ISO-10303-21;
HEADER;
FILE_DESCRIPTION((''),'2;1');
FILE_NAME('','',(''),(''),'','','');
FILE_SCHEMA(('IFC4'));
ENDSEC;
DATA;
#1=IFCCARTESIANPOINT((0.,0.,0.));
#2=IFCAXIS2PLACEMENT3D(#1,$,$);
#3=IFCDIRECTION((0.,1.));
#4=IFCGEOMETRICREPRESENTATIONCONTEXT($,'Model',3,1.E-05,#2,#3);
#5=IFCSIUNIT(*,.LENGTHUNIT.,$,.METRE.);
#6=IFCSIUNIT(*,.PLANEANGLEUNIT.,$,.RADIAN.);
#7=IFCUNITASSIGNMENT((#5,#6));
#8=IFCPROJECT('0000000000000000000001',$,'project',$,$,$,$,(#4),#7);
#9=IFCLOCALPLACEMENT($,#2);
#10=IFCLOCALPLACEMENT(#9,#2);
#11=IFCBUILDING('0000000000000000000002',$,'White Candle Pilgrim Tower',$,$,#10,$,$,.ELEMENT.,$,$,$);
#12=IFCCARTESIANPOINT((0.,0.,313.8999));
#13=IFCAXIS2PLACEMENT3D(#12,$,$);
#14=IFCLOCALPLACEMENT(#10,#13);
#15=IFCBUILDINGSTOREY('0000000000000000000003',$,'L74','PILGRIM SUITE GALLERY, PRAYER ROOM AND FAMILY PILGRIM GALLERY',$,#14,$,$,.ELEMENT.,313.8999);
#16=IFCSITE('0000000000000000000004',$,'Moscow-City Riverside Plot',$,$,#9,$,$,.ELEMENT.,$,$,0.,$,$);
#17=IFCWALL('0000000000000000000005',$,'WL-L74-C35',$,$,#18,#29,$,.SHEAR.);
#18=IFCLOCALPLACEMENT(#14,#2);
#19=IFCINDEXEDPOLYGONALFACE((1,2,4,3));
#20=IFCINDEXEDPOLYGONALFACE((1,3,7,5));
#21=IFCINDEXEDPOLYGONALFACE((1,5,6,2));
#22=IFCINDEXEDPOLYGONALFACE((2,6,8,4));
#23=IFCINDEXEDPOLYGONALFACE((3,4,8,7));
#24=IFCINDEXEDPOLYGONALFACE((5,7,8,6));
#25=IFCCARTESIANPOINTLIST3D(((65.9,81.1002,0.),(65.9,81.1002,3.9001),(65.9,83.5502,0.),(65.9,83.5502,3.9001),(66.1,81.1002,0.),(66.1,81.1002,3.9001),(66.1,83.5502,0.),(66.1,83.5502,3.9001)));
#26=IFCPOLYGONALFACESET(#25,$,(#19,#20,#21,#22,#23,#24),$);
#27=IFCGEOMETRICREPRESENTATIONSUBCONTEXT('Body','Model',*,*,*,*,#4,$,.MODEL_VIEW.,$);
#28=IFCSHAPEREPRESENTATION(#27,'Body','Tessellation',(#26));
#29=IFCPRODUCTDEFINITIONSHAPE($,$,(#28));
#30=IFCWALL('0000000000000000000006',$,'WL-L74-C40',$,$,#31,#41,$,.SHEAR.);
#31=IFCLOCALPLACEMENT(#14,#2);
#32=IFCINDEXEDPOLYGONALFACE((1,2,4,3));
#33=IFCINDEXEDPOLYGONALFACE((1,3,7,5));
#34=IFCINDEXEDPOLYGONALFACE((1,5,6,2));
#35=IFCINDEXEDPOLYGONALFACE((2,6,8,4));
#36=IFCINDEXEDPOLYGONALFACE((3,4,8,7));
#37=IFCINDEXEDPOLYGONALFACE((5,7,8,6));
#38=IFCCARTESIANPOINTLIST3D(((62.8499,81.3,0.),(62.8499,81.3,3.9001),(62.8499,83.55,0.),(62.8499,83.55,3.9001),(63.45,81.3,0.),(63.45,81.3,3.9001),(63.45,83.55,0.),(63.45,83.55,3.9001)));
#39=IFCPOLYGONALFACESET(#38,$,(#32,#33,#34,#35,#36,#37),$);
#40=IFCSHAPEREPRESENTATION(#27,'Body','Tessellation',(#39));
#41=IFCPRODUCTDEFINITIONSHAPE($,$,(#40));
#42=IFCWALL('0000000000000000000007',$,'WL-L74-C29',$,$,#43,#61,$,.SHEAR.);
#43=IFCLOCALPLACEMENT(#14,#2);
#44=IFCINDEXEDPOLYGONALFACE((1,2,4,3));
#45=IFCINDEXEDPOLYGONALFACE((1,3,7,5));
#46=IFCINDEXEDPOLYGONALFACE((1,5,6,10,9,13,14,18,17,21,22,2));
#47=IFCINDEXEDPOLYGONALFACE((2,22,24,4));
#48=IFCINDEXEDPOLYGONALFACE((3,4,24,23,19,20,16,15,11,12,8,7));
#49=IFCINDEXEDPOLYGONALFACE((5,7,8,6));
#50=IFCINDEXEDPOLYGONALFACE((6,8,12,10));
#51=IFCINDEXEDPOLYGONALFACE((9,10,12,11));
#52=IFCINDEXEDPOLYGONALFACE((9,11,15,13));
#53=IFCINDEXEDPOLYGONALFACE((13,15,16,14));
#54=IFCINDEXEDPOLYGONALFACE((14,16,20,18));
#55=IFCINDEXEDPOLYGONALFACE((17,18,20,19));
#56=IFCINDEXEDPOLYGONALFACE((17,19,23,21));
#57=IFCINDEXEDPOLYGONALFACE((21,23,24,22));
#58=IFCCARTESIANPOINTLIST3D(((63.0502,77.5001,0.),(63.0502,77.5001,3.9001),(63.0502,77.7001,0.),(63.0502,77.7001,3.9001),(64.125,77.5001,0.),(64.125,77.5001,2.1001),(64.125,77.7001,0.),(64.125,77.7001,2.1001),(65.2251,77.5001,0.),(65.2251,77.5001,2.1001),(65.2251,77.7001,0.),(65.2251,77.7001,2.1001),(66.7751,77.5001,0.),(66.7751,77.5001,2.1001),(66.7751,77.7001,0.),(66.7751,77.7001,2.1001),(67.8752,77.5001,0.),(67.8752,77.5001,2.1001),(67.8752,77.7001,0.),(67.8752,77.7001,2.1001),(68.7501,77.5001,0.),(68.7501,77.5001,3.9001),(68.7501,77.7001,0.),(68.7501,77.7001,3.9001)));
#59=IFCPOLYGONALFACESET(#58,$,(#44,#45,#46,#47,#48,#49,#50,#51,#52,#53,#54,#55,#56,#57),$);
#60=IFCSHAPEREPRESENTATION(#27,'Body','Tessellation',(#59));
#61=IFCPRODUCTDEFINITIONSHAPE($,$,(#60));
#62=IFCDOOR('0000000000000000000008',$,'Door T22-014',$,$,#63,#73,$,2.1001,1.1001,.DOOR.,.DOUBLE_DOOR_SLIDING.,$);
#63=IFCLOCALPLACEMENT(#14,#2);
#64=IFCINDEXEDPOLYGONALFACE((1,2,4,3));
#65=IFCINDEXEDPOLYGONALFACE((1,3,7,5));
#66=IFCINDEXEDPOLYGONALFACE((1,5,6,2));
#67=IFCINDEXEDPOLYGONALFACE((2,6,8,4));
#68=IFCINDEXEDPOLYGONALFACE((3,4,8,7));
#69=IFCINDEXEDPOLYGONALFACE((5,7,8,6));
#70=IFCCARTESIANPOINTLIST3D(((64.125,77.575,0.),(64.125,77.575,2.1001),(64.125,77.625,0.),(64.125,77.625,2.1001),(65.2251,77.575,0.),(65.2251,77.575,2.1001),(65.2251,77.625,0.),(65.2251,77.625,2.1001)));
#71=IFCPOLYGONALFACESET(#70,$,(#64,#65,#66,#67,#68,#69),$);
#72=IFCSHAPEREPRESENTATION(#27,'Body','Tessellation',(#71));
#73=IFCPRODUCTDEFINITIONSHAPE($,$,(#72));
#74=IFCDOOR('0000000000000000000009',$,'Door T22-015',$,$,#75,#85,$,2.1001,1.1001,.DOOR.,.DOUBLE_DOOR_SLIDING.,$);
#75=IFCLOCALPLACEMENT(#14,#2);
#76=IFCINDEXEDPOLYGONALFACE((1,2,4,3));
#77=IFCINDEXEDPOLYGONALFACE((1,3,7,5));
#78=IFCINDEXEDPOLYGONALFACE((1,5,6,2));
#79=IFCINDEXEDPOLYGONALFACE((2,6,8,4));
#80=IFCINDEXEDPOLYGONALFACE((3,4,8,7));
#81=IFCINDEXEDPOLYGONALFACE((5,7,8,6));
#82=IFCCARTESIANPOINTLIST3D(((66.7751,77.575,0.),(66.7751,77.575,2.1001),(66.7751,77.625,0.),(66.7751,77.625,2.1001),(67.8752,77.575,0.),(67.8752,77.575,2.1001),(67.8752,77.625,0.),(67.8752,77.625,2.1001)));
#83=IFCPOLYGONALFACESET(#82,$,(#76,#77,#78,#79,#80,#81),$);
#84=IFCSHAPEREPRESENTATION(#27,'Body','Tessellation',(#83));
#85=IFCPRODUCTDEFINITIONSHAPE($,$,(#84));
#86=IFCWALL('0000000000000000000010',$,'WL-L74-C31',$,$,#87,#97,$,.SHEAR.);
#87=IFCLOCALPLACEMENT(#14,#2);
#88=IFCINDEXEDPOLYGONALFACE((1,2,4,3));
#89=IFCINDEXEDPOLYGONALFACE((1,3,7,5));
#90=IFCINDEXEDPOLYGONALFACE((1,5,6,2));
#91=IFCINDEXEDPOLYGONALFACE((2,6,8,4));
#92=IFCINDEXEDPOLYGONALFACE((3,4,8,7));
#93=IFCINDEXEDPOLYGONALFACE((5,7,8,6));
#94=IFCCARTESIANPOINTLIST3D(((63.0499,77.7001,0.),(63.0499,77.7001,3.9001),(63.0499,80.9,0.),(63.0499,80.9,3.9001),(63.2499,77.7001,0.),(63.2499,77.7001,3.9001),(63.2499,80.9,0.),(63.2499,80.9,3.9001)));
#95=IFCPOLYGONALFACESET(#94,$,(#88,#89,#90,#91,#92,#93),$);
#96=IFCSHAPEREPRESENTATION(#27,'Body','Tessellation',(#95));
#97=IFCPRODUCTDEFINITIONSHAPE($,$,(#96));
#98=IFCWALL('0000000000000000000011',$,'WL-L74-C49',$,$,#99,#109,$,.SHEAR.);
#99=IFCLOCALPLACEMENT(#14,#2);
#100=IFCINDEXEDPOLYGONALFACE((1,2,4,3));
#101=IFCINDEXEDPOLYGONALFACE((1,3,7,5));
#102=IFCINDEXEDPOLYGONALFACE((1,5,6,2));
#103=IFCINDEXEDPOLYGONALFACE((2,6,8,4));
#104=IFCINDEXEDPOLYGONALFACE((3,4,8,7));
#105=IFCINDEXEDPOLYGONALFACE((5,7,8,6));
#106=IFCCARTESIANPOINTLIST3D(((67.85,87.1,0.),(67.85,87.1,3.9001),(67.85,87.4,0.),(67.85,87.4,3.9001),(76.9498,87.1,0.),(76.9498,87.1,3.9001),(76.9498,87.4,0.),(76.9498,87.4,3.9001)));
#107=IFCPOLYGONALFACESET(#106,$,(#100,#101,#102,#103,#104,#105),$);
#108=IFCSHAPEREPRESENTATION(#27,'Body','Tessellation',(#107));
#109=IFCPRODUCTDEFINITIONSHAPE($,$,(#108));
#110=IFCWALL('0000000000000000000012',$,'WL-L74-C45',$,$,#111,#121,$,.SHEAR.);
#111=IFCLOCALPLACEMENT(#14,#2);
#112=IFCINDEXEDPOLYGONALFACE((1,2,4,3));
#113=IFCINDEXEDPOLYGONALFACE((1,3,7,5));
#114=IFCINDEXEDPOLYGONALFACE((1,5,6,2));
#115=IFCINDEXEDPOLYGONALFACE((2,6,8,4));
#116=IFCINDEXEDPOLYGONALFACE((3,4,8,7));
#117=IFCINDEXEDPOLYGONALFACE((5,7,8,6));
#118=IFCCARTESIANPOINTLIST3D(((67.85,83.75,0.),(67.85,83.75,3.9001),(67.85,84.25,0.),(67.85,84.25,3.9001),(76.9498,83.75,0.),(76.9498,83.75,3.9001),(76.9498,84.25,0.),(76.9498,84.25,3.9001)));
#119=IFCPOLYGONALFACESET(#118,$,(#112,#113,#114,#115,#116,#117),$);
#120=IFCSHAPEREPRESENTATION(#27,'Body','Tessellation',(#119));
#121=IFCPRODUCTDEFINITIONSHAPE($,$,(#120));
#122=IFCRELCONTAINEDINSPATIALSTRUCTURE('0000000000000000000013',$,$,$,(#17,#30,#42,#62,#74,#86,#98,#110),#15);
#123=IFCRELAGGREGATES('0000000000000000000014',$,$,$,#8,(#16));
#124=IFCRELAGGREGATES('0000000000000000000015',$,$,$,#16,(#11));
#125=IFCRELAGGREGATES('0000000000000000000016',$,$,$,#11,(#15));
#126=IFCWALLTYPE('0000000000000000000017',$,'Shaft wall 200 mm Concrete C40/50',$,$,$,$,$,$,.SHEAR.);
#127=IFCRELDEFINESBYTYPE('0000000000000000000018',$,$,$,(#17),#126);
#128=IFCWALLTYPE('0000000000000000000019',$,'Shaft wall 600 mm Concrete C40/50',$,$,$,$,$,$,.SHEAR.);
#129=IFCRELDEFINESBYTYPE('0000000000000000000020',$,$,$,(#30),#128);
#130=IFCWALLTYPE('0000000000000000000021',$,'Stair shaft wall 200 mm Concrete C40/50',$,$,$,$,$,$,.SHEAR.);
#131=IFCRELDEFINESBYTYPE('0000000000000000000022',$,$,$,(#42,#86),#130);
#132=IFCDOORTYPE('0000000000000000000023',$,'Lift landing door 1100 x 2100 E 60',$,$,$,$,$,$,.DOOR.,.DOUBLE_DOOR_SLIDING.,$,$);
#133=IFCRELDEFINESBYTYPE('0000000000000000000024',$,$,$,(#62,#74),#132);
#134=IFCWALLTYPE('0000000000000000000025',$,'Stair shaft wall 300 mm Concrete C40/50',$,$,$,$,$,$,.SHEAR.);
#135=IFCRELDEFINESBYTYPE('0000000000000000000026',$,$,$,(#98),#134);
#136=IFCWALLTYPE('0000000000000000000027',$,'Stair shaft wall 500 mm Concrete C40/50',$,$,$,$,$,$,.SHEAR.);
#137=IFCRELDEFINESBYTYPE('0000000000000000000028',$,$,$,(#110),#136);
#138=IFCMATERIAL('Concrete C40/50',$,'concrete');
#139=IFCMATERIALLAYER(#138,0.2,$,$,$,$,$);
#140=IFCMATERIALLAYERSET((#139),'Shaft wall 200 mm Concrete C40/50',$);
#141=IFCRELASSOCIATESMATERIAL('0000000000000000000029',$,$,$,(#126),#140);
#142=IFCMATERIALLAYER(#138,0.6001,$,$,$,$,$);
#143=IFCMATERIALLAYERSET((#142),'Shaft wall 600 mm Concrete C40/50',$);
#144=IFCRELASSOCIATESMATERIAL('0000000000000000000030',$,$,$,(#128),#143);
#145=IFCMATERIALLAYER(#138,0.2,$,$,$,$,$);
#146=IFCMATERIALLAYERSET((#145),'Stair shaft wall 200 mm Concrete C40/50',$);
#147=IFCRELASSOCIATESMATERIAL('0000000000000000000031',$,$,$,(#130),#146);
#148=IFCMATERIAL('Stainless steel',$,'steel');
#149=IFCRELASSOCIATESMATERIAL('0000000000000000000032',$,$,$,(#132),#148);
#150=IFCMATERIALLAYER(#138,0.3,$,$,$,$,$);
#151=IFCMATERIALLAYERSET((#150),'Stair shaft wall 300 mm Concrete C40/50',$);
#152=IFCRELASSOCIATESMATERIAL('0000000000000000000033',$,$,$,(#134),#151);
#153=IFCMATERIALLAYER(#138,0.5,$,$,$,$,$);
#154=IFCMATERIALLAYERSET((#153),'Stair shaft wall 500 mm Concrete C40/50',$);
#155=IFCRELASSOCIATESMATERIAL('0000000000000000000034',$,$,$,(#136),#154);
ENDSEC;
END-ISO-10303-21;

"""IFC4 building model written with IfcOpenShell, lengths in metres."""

from ifc_helpers import new_model, si_unit, direction, frame, frame_2d, origin, place, context, subcontext, project, spatial, rectangle, extrude, material, layer, layer_set, type_object, element, fill, save


model = new_model("IFC4")

# Units and contexts
model_context = context("Model", 3, precision=1e-05, world=origin(), true_north=direction((0.0, 1.0)))
body_context = subcontext(model_context, "Body", "Model", "MODEL_VIEW")
ifc_project = project(units=[si_unit("LENGTHUNIT", "METRE"), si_unit("PLANEANGLEUNIT", "RADIAN")], contexts=[model_context])

# Site, building, storey
site_placement = place(None, origin())
site = spatial("IfcSite", under=ifc_project, at=site_placement, Name="Moscow-City Riverside Plot", CompositionType="ELEMENT", RefElevation=0.0)
building_placement = place(site_placement, origin())
building = spatial("IfcBuilding", under=site, at=building_placement, Name="White Candle Pilgrim Tower", CompositionType="ELEMENT")
storey_placement = place(building_placement, frame((0.0, 0.0, 313.8999)))
storey = spatial("IfcBuildingStorey", under=building, at=storey_placement, Name="L74", Description="PILGRIM SUITE GALLERY, PRAYER ROOM AND FAMILY PILGRIM GALLERY", CompositionType="ELEMENT", Elevation=313.8999)

# Shared definitions
ifc_material_1 = material(Name="Concrete C40/50", Category="concrete")

# Shared definitions
ifc_material_2 = material(Name="Stainless steel", Category="steel")

# Walls
ifc_layer_1 = layer(ifc_material_1, 0.2)
ifc_layer_set_1 = layer_set([ifc_layer_1], Name="Shaft wall 200 mm Concrete C40/50")
wall_type_1 = type_object("IfcWallType", Name="Shaft wall 200 mm Concrete C40/50", PredefinedType="SHEAR", material=ifc_layer_set_1)
wall_1_placement = place(storey_placement, frame((66.0, 81.1001, 0.0), z_axis=(0.0, 0.0, 1.0), x_axis=(0.0, 1.0, 0.0)))
element("IfcWall", 1, at=wall_1_placement, inside=storey, type_object=wall_type_1, Name="WL-L74-C35", PredefinedType="SHEAR", context=body_context, shape_type="SweptSolid", body=[
    extrude(rectangle(XDim=2.45, YDim=0.2, at=frame_2d((1.2251, 0.0))), origin(), (0.0, 0.0, 1.0), 3.9001),
])
ifc_layer_2 = layer(ifc_material_1, 0.6001)
ifc_layer_set_2 = layer_set([ifc_layer_2], Name="Shaft wall 600 mm Concrete C40/50")
wall_type_2 = type_object("IfcWallType", Name="Shaft wall 600 mm Concrete C40/50", PredefinedType="SHEAR", material=ifc_layer_set_2)
wall_2_placement = place(storey_placement, frame((63.1499, 81.3, 0.0), z_axis=(0.0, 0.0, 1.0), x_axis=(0.0, 1.0, 0.0)))
element("IfcWall", 2, at=wall_2_placement, inside=storey, type_object=wall_type_2, Name="WL-L74-C40", PredefinedType="SHEAR", context=body_context, shape_type="SweptSolid", body=[
    extrude(rectangle(XDim=2.25, YDim=0.6001, at=frame_2d((1.125, 0.0))), origin(), (0.0, 0.0, 1.0), 3.9001),
])

# Wall, openings, doors
ifc_layer_3 = layer(ifc_material_1, 0.2)
ifc_layer_set_3 = layer_set([ifc_layer_3], Name="Stair shaft wall 200 mm Concrete C40/50")
wall_type_3 = type_object("IfcWallType", Name="Stair shaft wall 200 mm Concrete C40/50", PredefinedType="SHEAR", material=ifc_layer_set_3)
wall_3_placement = place(storey_placement, frame((63.05, 77.6001, 0.0), z_axis=(0.0, 0.0, 1.0), x_axis=(1.0, 0.0, 0.0)))
wall_3 = element("IfcWall", 3, at=wall_3_placement, inside=storey, type_object=wall_type_3, Name="WL-L74-C29", PredefinedType="SHEAR", context=body_context, shape_type="SweptSolid", body=[
    extrude(rectangle(XDim=5.7, YDim=0.2, at=frame_2d((2.8501, 0.0))), origin(), (0.0, 0.0, 1.0), 3.9001),
])
opening_1_placement = place(wall_3_placement, frame((1.075, 0.0, 0.0)))
opening_1 = element("IfcOpeningElement", 4, at=opening_1_placement, cuts=wall_3, PredefinedType="OPENING", context=body_context, shape_type="SweptSolid", body=[
    extrude(rectangle(XDim=1.1001, YDim=2.1001, at=frame_2d((0.55, 1.05))), frame((0.0, 0.1099, 0.0), z_axis=(0.0, -1.0, 0.0), x_axis=(1.0, 0.0, 0.0)), (0.0, 0.0, 1.0), 0.22),
])
opening_2_placement = place(wall_3_placement, frame((3.7251, 0.0, 0.0)))
opening_2 = element("IfcOpeningElement", 5, at=opening_2_placement, cuts=wall_3, PredefinedType="OPENING", context=body_context, shape_type="SweptSolid", body=[
    extrude(rectangle(XDim=1.1001, YDim=2.1001, at=frame_2d((0.55, 1.05))), frame((0.0, 0.1099, 0.0), z_axis=(0.0, -1.0, 0.0), x_axis=(1.0, 0.0, 0.0)), (0.0, 0.0, 1.0), 0.22),
])
door_type_1 = type_object("IfcDoorType", Name="Lift landing door 1100 x 2100 E 60", OperationType="DOUBLE_DOOR_SLIDING", PredefinedType="DOOR", material=ifc_material_2)
door_1_placement = place(opening_1_placement, origin())
door_1 = element("IfcDoor", 6, at=door_1_placement, inside=storey, type_object=door_type_1, Name="Door T22-014", OperationType="DOUBLE_DOOR_SLIDING", OverallHeight=2.1001, OverallWidth=1.1001, PredefinedType="DOOR", context=body_context, shape_type="SweptSolid", body=[
    extrude(rectangle(XDim=1.1001, YDim=2.1001, at=frame_2d((0.55, 1.05))), frame((0.0, 0.0249, 0.0), z_axis=(0.0, -1.0, 0.0), x_axis=(1.0, 0.0, 0.0)), (0.0, 0.0, 1.0), 0.05),
])
fill(opening_1, door_1)
door_2_placement = place(opening_2_placement, origin())
door_2 = element("IfcDoor", 7, at=door_2_placement, inside=storey, type_object=door_type_1, Name="Door T22-015", OperationType="DOUBLE_DOOR_SLIDING", OverallHeight=2.1001, OverallWidth=1.1001, PredefinedType="DOOR", context=body_context, shape_type="SweptSolid", body=[
    extrude(rectangle(XDim=1.1001, YDim=2.1001, at=frame_2d((0.55, 1.05))), frame((0.0, 0.0249, 0.0), z_axis=(0.0, -1.0, 0.0), x_axis=(1.0, 0.0, 0.0)), (0.0, 0.0, 1.0), 0.05),
])
fill(opening_2, door_2)

# Walls
wall_4_placement = place(storey_placement, frame((63.1499, 77.7, 0.0), z_axis=(0.0, 0.0, 1.0), x_axis=(0.0, 1.0, 0.0)))
element("IfcWall", 8, at=wall_4_placement, inside=storey, type_object=wall_type_3, Name="WL-L74-C31", PredefinedType="SHEAR", context=body_context, shape_type="SweptSolid", body=[
    extrude(rectangle(XDim=3.2, YDim=0.2, at=frame_2d((1.6001, 0.0))), origin(), (0.0, 0.0, 1.0), 3.9001),
])
ifc_layer_4 = layer(ifc_material_1, 0.3)
ifc_layer_set_4 = layer_set([ifc_layer_4], Name="Stair shaft wall 300 mm Concrete C40/50")
wall_type_4 = type_object("IfcWallType", Name="Stair shaft wall 300 mm Concrete C40/50", PredefinedType="SHEAR", material=ifc_layer_set_4)
wall_5_placement = place(storey_placement, frame((67.8501, 87.25, 0.0), z_axis=(0.0, 0.0, 1.0), x_axis=(1.0, 0.0, 0.0)))
element("IfcWall", 9, at=wall_5_placement, inside=storey, type_object=wall_type_4, Name="WL-L74-C49", PredefinedType="SHEAR", context=body_context, shape_type="SweptSolid", body=[
    extrude(rectangle(XDim=9.0999, YDim=0.3, at=frame_2d((4.5498, 0.0))), origin(), (0.0, 0.0, 1.0), 3.9001),
])
ifc_layer_5 = layer(ifc_material_1, 0.5)
ifc_layer_set_5 = layer_set([ifc_layer_5], Name="Stair shaft wall 500 mm Concrete C40/50")
wall_type_5 = type_object("IfcWallType", Name="Stair shaft wall 500 mm Concrete C40/50", PredefinedType="SHEAR", material=ifc_layer_set_5)
wall_6_placement = place(storey_placement, frame((67.8501, 84.0, 0.0), z_axis=(0.0, 0.0, 1.0), x_axis=(1.0, 0.0, 0.0)))
element("IfcWall", 10, at=wall_6_placement, inside=storey, type_object=wall_type_5, Name="WL-L74-C45", PredefinedType="SHEAR", context=body_context, shape_type="SweptSolid", body=[
    extrude(rectangle(XDim=9.0999, YDim=0.5, at=frame_2d((4.5498, 0.0))), origin(), (0.0, 0.0, 1.0), 3.9001),
])

save(model, "model.ifc")
